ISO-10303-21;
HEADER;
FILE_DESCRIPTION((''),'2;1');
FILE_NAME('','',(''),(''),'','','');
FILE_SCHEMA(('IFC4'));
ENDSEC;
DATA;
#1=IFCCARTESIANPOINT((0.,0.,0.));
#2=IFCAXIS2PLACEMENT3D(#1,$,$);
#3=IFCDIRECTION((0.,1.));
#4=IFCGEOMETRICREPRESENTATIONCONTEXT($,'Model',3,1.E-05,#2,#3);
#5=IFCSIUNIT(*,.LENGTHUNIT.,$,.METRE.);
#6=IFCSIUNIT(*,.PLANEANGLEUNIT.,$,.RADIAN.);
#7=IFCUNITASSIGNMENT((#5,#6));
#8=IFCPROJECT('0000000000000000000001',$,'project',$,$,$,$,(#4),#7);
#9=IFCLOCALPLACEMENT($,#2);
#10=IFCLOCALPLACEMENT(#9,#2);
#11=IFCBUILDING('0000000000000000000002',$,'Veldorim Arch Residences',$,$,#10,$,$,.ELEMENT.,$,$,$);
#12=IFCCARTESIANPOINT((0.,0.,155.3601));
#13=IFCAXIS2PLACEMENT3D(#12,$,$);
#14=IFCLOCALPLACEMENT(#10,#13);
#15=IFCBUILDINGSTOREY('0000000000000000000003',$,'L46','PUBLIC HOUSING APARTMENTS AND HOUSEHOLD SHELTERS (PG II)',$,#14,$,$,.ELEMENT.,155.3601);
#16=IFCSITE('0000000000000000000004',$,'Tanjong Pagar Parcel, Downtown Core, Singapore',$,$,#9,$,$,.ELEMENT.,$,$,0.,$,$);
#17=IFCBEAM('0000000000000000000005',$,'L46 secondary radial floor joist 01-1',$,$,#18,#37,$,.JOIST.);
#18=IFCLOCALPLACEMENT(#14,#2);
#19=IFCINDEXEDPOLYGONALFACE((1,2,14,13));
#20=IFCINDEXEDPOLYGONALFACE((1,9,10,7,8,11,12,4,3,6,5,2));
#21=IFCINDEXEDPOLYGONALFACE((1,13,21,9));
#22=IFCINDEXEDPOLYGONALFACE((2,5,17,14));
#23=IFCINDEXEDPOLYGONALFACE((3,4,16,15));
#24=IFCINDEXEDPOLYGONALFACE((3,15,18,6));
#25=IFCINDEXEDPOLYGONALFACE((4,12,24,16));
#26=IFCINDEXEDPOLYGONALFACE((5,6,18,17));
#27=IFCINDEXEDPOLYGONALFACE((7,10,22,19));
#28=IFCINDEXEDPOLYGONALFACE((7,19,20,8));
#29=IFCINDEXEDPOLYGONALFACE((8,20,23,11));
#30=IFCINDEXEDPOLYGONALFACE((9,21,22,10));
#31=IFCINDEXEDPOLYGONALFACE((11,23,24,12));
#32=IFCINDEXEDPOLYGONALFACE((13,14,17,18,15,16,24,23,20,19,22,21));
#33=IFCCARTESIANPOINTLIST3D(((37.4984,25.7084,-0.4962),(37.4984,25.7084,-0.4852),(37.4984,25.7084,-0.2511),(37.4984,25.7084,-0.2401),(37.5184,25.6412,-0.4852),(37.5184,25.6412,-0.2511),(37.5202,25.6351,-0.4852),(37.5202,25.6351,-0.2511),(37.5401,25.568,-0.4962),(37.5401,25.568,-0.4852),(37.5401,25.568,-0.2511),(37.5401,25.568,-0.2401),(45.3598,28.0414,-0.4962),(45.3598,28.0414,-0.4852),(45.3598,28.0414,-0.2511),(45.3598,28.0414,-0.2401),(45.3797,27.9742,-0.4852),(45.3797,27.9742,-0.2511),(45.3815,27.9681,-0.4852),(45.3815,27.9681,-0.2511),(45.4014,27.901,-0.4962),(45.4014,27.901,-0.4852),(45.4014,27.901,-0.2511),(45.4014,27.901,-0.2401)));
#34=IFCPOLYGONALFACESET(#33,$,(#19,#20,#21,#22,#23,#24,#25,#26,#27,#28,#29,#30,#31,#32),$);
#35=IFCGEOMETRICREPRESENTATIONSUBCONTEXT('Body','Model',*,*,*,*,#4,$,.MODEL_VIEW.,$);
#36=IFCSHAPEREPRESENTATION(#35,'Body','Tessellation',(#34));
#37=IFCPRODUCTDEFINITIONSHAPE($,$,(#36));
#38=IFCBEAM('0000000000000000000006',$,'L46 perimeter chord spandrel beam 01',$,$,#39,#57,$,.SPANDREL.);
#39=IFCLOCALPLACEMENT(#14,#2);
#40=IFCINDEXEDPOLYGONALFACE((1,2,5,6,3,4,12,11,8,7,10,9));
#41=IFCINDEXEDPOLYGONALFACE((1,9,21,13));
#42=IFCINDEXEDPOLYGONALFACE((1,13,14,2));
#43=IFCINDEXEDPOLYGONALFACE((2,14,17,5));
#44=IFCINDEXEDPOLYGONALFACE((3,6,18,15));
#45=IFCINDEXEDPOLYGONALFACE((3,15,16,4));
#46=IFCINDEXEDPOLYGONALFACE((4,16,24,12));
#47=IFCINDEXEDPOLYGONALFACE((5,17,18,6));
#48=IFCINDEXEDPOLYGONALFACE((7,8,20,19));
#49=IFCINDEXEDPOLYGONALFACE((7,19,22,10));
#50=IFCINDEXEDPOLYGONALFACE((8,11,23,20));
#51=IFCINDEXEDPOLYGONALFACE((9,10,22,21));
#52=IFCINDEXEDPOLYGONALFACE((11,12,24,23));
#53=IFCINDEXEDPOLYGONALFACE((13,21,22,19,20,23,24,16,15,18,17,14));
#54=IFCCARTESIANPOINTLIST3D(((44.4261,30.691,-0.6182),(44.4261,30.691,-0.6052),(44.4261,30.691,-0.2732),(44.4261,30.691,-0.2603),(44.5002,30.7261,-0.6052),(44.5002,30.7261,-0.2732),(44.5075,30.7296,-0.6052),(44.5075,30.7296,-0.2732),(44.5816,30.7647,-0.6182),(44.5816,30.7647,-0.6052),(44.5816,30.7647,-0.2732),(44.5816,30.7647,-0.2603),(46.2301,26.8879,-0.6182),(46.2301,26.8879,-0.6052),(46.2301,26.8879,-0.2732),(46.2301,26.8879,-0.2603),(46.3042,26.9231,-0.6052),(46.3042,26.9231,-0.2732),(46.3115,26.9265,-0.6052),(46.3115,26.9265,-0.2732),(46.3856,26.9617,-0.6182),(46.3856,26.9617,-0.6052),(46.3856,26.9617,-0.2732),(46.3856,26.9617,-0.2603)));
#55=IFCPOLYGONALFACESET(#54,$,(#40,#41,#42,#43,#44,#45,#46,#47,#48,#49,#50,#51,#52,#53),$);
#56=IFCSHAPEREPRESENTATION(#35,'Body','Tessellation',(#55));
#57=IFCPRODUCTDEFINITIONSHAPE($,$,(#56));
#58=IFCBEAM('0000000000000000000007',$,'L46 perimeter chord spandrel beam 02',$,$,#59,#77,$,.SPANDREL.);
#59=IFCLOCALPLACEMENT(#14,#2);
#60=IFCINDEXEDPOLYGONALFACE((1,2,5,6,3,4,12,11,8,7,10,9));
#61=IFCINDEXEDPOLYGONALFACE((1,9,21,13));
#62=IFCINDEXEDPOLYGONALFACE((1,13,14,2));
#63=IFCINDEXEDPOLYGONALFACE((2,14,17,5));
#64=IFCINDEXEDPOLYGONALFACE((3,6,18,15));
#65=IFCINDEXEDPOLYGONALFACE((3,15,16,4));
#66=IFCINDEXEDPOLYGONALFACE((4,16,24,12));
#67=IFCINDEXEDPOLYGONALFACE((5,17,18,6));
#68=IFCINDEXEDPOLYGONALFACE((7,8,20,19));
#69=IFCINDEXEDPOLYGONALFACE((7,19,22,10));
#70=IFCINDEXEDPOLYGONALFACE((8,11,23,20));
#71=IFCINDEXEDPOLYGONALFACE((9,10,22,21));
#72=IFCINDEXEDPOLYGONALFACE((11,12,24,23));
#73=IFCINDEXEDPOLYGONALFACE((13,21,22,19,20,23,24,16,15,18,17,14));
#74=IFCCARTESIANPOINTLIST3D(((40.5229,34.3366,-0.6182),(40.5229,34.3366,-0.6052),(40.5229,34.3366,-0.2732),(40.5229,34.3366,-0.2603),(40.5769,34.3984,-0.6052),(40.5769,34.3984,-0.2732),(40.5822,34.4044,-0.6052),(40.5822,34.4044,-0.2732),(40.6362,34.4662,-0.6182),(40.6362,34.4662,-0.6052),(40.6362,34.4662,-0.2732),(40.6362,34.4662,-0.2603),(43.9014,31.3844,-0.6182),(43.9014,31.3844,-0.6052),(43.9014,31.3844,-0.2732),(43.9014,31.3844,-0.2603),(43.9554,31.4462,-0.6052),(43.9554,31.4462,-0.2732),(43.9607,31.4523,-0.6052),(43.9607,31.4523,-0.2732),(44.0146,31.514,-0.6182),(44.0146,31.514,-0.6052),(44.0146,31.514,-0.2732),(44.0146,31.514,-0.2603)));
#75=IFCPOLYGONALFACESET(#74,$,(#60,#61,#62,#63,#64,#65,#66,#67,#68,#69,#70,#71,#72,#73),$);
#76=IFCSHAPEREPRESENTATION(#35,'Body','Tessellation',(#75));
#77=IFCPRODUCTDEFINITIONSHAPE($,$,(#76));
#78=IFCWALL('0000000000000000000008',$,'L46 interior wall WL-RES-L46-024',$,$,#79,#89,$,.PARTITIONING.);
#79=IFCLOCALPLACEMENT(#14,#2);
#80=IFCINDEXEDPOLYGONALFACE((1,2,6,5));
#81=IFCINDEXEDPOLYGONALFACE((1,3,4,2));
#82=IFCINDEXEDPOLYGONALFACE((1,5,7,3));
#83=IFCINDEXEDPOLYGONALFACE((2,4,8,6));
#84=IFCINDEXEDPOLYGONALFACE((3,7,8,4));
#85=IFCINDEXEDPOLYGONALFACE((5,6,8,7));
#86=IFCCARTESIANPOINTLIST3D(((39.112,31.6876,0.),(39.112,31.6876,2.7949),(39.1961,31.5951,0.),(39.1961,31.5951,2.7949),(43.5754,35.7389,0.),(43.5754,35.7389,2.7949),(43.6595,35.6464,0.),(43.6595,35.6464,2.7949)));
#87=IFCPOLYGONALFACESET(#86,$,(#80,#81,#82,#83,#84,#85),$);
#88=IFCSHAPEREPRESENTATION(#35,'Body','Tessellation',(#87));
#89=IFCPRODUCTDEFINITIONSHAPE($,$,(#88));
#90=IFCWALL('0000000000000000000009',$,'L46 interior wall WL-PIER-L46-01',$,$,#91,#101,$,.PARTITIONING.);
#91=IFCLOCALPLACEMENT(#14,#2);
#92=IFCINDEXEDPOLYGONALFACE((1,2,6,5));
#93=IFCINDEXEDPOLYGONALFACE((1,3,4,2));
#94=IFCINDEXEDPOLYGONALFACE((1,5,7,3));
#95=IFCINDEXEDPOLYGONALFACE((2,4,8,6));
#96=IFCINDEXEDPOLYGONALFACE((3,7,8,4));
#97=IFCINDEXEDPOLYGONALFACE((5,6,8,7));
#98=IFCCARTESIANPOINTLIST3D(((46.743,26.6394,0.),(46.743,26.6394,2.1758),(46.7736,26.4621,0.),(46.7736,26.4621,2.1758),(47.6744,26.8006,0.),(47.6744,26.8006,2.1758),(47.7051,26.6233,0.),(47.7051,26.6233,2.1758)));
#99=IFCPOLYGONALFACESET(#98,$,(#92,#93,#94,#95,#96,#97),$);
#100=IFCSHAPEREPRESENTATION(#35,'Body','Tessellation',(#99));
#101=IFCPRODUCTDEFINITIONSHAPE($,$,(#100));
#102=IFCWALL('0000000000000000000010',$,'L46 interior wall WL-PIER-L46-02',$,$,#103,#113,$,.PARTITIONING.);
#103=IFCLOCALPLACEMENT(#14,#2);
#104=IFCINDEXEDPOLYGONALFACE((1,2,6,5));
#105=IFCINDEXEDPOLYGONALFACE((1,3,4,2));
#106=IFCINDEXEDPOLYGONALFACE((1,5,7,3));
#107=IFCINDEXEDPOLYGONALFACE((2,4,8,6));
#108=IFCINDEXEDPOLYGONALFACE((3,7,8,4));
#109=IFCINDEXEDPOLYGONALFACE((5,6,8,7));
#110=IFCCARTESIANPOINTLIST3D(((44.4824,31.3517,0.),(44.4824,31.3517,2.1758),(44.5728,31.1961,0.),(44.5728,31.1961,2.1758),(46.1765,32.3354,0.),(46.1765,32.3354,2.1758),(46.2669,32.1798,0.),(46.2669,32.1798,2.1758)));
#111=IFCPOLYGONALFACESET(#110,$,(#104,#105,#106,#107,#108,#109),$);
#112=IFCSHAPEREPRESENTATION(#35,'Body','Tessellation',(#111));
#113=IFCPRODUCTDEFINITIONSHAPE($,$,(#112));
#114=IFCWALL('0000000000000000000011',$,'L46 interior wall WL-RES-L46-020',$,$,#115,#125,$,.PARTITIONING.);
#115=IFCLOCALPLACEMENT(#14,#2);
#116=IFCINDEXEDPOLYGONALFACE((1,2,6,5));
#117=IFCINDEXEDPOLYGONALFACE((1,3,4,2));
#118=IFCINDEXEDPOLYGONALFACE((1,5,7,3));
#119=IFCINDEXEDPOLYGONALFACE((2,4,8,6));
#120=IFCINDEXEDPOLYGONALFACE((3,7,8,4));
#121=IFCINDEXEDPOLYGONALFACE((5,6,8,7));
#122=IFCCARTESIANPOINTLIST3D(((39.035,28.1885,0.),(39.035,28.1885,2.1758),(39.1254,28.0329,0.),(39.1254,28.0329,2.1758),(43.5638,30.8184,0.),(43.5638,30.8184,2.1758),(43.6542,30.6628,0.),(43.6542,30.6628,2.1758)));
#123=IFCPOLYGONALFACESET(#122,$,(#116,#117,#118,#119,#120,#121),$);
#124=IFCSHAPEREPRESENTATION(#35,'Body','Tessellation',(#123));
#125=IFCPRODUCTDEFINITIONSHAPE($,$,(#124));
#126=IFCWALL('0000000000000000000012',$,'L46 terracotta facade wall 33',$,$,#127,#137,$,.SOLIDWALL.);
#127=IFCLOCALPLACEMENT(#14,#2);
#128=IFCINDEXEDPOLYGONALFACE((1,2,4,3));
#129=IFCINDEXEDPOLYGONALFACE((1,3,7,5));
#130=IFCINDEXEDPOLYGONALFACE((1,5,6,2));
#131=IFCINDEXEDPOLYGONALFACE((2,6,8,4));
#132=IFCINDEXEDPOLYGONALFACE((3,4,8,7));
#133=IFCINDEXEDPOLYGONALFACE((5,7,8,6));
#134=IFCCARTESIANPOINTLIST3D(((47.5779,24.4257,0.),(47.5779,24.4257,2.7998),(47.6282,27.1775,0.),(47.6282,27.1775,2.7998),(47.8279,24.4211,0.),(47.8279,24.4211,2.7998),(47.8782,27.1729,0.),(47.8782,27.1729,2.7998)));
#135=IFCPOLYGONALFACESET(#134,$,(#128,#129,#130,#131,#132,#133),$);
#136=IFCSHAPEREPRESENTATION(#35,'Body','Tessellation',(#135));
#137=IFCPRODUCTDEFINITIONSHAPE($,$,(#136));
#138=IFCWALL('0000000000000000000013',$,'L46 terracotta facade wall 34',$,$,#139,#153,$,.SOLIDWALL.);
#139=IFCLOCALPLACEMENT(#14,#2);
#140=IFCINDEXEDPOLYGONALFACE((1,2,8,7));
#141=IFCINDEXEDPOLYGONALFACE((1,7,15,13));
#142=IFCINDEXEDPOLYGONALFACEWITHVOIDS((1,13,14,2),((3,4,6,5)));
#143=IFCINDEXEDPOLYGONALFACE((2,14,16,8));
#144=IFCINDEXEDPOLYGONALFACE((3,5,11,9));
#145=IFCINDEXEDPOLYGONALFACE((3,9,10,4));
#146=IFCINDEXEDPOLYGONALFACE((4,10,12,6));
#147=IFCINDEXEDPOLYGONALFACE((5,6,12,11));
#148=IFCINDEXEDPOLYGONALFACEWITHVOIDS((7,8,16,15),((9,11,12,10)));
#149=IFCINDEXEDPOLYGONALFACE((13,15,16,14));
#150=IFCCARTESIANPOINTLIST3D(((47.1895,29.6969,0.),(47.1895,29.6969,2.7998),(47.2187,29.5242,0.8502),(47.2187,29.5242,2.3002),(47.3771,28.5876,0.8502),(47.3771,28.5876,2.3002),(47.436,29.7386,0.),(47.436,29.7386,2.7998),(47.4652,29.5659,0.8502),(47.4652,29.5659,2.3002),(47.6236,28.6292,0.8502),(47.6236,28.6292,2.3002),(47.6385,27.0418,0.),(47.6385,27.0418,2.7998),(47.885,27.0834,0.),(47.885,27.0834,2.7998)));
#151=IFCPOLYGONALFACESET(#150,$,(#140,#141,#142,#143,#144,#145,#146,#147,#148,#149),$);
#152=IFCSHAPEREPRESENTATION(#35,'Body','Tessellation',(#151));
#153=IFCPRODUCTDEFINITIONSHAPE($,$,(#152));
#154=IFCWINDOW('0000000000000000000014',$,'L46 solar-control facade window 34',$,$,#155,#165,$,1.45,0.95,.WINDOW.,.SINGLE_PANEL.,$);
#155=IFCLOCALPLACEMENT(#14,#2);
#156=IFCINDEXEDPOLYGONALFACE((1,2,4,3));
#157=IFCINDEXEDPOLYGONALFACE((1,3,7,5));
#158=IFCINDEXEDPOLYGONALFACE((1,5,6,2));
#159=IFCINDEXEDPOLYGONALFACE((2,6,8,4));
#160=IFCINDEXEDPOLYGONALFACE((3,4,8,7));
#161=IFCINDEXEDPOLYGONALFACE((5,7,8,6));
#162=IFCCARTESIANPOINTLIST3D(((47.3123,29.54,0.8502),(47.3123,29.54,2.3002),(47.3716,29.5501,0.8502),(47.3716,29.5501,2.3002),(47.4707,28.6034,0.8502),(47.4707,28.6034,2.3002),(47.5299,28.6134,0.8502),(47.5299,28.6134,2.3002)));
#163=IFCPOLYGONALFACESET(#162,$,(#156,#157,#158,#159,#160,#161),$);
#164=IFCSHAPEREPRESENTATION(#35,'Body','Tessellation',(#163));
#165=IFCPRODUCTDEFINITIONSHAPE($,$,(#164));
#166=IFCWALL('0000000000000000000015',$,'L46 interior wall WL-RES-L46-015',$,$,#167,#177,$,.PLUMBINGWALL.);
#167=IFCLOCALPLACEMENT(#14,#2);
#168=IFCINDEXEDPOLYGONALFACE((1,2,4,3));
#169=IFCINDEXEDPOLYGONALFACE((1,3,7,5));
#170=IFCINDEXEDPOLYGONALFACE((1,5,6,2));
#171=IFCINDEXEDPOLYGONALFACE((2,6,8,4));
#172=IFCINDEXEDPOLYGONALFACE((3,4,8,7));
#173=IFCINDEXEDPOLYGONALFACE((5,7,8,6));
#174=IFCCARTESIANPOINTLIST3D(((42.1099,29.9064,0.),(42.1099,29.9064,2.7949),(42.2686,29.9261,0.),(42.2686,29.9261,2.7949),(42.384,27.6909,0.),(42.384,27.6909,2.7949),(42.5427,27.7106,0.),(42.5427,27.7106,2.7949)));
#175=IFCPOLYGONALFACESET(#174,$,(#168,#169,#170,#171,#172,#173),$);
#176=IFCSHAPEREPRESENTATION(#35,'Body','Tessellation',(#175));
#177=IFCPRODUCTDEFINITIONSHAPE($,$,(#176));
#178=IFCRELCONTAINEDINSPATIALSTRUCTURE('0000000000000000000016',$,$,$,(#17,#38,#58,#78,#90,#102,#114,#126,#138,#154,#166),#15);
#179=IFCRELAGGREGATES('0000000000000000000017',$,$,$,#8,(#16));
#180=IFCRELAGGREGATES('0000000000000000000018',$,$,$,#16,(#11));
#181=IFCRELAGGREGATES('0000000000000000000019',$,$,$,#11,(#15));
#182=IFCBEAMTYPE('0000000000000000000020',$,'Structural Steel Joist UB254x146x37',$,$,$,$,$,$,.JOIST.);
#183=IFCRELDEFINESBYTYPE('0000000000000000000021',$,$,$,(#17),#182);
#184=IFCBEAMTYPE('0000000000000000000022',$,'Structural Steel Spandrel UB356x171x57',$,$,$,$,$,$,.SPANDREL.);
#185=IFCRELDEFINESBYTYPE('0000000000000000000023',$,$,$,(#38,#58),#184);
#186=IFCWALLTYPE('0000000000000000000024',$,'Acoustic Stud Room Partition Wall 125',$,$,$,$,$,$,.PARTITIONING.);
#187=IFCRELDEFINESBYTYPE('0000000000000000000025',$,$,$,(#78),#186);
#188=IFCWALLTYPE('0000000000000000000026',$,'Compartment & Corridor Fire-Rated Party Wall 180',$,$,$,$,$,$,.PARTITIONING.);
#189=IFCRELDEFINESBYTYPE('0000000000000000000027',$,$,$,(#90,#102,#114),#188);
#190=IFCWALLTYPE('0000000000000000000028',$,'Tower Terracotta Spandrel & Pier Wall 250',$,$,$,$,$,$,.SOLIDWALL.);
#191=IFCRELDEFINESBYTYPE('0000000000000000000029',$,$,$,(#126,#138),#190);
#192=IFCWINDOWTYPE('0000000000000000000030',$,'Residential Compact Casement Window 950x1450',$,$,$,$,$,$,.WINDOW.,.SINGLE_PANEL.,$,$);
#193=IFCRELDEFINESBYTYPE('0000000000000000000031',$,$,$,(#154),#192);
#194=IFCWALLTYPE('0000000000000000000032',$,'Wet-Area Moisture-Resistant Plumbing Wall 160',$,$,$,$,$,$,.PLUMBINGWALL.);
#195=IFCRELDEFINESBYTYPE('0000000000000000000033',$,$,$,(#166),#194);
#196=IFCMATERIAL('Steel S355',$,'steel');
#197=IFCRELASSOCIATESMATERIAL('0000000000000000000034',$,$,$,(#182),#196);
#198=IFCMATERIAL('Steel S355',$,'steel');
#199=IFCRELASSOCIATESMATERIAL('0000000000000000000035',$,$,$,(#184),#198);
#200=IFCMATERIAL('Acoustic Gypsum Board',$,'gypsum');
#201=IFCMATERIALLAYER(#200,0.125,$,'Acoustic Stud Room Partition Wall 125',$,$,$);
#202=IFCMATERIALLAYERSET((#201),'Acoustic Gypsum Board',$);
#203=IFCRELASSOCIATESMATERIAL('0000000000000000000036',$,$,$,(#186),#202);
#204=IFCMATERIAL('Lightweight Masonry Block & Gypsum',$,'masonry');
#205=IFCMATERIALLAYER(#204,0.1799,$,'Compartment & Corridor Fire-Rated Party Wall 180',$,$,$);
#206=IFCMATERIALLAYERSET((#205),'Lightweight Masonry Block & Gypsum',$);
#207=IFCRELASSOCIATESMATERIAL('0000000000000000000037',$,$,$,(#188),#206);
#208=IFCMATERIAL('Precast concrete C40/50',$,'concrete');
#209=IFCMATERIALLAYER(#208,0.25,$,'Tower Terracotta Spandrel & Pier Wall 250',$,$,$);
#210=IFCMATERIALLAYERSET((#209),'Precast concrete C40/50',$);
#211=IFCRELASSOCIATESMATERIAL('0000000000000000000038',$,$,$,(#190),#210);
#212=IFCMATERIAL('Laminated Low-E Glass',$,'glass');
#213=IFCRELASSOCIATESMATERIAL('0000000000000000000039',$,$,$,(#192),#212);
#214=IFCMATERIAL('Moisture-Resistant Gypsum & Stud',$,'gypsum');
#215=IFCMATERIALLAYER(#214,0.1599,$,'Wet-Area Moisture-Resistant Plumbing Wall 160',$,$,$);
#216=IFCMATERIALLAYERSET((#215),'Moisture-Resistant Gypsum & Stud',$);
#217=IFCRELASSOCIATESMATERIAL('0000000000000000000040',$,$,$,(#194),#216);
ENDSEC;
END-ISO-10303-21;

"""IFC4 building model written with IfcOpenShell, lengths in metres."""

from ifc_helpers import new_model, si_unit, direction, frame, frame_2d, origin, origin_2d, place, context, subcontext, project, spatial, rectangle, i_section, extrude, material, layer, layer_set, material_profile, profile_set, type_object, element, fill, save


model = new_model("IFC4")

# Units and contexts
model_context = context("Model", 3, precision=1e-05, world=origin(), true_north=direction((0.0, 1.0)))
body_context = subcontext(model_context, "Body", "Model", "MODEL_VIEW")
ifc_project = project(units=[si_unit("LENGTHUNIT", "METRE"), si_unit("PLANEANGLEUNIT", "RADIAN")], contexts=[model_context])

# Site, building, storey
site_placement = place(None, origin())
site = spatial("IfcSite", under=ifc_project, at=site_placement, Name="Tanjong Pagar Parcel, Downtown Core, Singapore", CompositionType="ELEMENT", RefElevation=0.0)
building_placement = place(site_placement, origin())
building = spatial("IfcBuilding", under=site, at=building_placement, Name="Veldorim Arch Residences", CompositionType="ELEMENT")
storey_placement = place(building_placement, frame((0.0, 0.0, 155.3601)))
storey = spatial("IfcBuildingStorey", under=building, at=storey_placement, Name="L46", Description="PUBLIC HOUSING APARTMENTS AND HOUSEHOLD SHELTERS (PG II)", CompositionType="ELEMENT", Elevation=155.3601)

# Beams
ifc_material_1 = material(Name="Steel S355", Category="steel")
ifc_material_profile_1 = material_profile(ifc_material_1, i_section(OverallWidth=0.1465, OverallDepth=0.2561, WebThickness=0.0063, FlangeThickness=0.011, at=origin_2d()), Name="UB254x146x37")
ifc_profile_set_1 = profile_set([ifc_material_profile_1], Name="Steel S355")
beam_type_1 = type_object("IfcBeamType", Name="Structural Steel Joist UB254x146x37", PredefinedType="JOIST", material=ifc_profile_set_1)
beam_1_placement = place(storey_placement, frame((37.5193, 25.6382, -0.3682), z_axis=(0.958674, 0.284506, 0.0), x_axis=(-0.284506, 0.958674, 0.0)))
element("IfcBeam", 1, at=beam_1_placement, inside=storey, type_object=beam_type_1, Name="L46 secondary radial floor joist 01-1", PredefinedType="JOIST", context=body_context, shape_type="SweptSolid", body=[
    extrude(i_section(OverallWidth=0.1465, OverallDepth=0.2561, WebThickness=0.0063, FlangeThickness=0.011, at=origin_2d()), origin(), (0.0, 0.0, 1.0), 8.2002),
])
ifc_material_2 = material(Name="Steel S355", Category="steel")
ifc_material_profile_2 = material_profile(ifc_material_2, i_section(OverallWidth=0.1721, OverallDepth=0.3579, WebThickness=0.0081, FlangeThickness=0.0129, at=origin_2d()), Name="UB356x171x57")
ifc_profile_set_2 = profile_set([ifc_material_profile_2], Name="Steel S355")
beam_type_2 = type_object("IfcBeamType", Name="Structural Steel Spandrel UB356x171x57", PredefinedType="SPANDREL", material=ifc_profile_set_2)
beam_2_placement = place(storey_placement, frame((46.3079, 26.9248, -0.4392), z_axis=(-0.42858, 0.903504, 0.0), x_axis=(-0.903504, -0.42858, 0.0)))
element("IfcBeam", 2, at=beam_2_placement, inside=storey, type_object=beam_type_2, Name="L46 perimeter chord spandrel beam 01", PredefinedType="SPANDREL", context=body_context, shape_type="SweptSolid", body=[
    extrude(i_section(OverallWidth=0.1721, OverallDepth=0.3579, WebThickness=0.0081, FlangeThickness=0.0129, at=origin_2d()), origin(), (0.0, 0.0, 1.0), 4.2092),
])
beam_3_placement = place(storey_placement, frame((43.958, 31.4492, -0.4392), z_axis=(-0.753015, 0.658004, 0.0), x_axis=(-0.658004, -0.753015, 0.0)))
element("IfcBeam", 3, at=beam_3_placement, inside=storey, type_object=beam_type_2, Name="L46 perimeter chord spandrel beam 02", PredefinedType="SPANDREL", context=body_context, shape_type="SweptSolid", body=[
    extrude(i_section(OverallWidth=0.1721, OverallDepth=0.3579, WebThickness=0.0081, FlangeThickness=0.0129, at=origin_2d()), origin(), (0.0, 0.0, 1.0), 4.4866),
])

# Walls
ifc_material_3 = material(Name="Acoustic Gypsum Board", Category="gypsum")
ifc_layer_1 = layer(ifc_material_3, 0.125, Name="Acoustic Stud Room Partition Wall 125")
ifc_layer_set_1 = layer_set([ifc_layer_1], Name="Acoustic Gypsum Board")
wall_type_1 = type_object("IfcWallType", Name="Acoustic Stud Room Partition Wall 125", PredefinedType="PARTITIONING", material=ifc_layer_set_1)
wall_1_placement = place(storey_placement, frame((39.1541, 31.6414, 0.0), z_axis=(0.0, 0.0, 1.0), x_axis=(0.740464, 0.672096, 0.0)))
element("IfcWall", 4, at=wall_1_placement, inside=storey, type_object=wall_type_1, Name="L46 interior wall WL-RES-L46-024", PredefinedType="PARTITIONING", context=body_context, shape_type="SweptSolid", body=[
    extrude(rectangle(XDim=6.0278, YDim=0.125, at=frame_2d((3.0139, 0.0))), origin(), (0.0, 0.0, 1.0), 2.7949),
])
ifc_material_4 = material(Name="Lightweight Masonry Block & Gypsum", Category="masonry")
ifc_layer_2 = layer(ifc_material_4, 0.1799, Name="Compartment & Corridor Fire-Rated Party Wall 180")
ifc_layer_set_2 = layer_set([ifc_layer_2], Name="Lightweight Masonry Block & Gypsum")
wall_type_2 = type_object("IfcWallType", Name="Compartment & Corridor Fire-Rated Party Wall 180", PredefinedType="PARTITIONING", material=ifc_layer_set_2)
wall_2_placement = place(storey_placement, frame((46.7583, 26.5508, 0.0), z_axis=(0.0, 0.0, 1.0), x_axis=(0.985363, 0.170469, 0.0)))
element("IfcWall", 5, at=wall_2_placement, inside=storey, type_object=wall_type_2, Name="L46 interior wall WL-PIER-L46-01", PredefinedType="PARTITIONING", context=body_context, shape_type="SweptSolid", body=[
    extrude(rectangle(XDim=0.9453, YDim=0.1799, at=frame_2d((0.4727, 0.0))), origin(), (0.0, 0.0, 1.0), 2.1758),
])
wall_3_placement = place(storey_placement, frame((44.5276, 31.2739, 0.0), z_axis=(0.0, 0.0, 1.0), x_axis=(0.864794, 0.502126, 0.0)))
element("IfcWall", 6, at=wall_3_placement, inside=storey, type_object=wall_type_2, Name="L46 interior wall WL-PIER-L46-02", PredefinedType="PARTITIONING", context=body_context, shape_type="SweptSolid", body=[
    extrude(rectangle(XDim=1.959, YDim=0.1799, at=frame_2d((0.9795, 0.0))), origin(), (0.0, 0.0, 1.0), 2.1758),
])
wall_4_placement = place(storey_placement, frame((39.0801, 28.1106, 0.0), z_axis=(0.0, 0.0, 1.0), x_axis=(0.864768, 0.502172, 0.0)))
element("IfcWall", 7, at=wall_4_placement, inside=storey, type_object=wall_type_2, Name="L46 interior wall WL-RES-L46-020", PredefinedType="PARTITIONING", context=body_context, shape_type="SweptSolid", body=[
    extrude(rectangle(XDim=5.2371, YDim=0.1799, at=frame_2d((2.6187, 0.0))), origin(), (0.0, 0.0, 1.0), 2.1758),
])
ifc_material_5 = material(Name="Precast concrete C40/50", Category="concrete")
ifc_layer_3 = layer(ifc_material_5, 0.25, Name="Tower Terracotta Spandrel & Pier Wall 250")
ifc_layer_set_3 = layer_set([ifc_layer_3], Name="Precast concrete C40/50")
wall_type_3 = type_object("IfcWallType", Name="Tower Terracotta Spandrel & Pier Wall 250", PredefinedType="SOLIDWALL", material=ifc_layer_set_3)
wall_5_placement = place(storey_placement, frame((47.7532, 27.175, 0.0), z_axis=(0.0, 0.0, 1.0), x_axis=(-0.018274, -0.999833, 0.0)))
element("IfcWall", 8, at=wall_5_placement, inside=storey, type_object=wall_type_3, Name="L46 terracotta facade wall 33", PredefinedType="SOLIDWALL", context=body_context, shape_type="SweptSolid", body=[
    extrude(rectangle(XDim=2.7522, YDim=0.25, at=frame_2d((1.376, 0.0))), origin(), (0.0, 0.0, 1.0), 2.7998),
])

# Wall, opening, window
wall_6_placement = place(storey_placement, frame((47.3127, 29.7178, 0.0), z_axis=(0.0, 0.0, 1.0), x_axis=(0.166721, -0.986004, 0.0)))
wall_6 = element("IfcWall", 9, at=wall_6_placement, inside=storey, type_object=wall_type_3, Name="L46 terracotta facade wall 34", PredefinedType="SOLIDWALL", context=body_context, shape_type="SweptSolid", body=[
    extrude(rectangle(XDim=2.6929, YDim=0.25, at=frame_2d((1.3464, 0.0))), origin(), (0.0, 0.0, 1.0), 2.7998),
])
opening_1_placement = place(wall_6_placement, frame((0.175, 0.0, 0.8501)))
opening_1 = element("IfcOpeningElement", 10, at=opening_1_placement, cuts=wall_6, PredefinedType="OPENING", context=body_context, shape_type="SweptSolid", body=[
    extrude(rectangle(XDim=0.95, YDim=1.45, at=frame_2d((0.4751, 0.7251))), frame((0.0, 0.135, 0.0), z_axis=(0.0, -1.0, 0.0), x_axis=(1.0, 0.0, 0.0)), (0.0, 0.0, 1.0), 0.27),
])
ifc_material_6 = material(Name="Laminated Low-E Glass", Category="glass")
window_type = type_object("IfcWindowType", Name="Residential Compact Casement Window 950x1450", PartitioningType="SINGLE_PANEL", PredefinedType="WINDOW", material=ifc_material_6)
window_placement = place(opening_1_placement, origin())
window = element("IfcWindow", 11, at=window_placement, inside=storey, type_object=window_type, Name="L46 solar-control facade window 34", OverallHeight=1.45, OverallWidth=0.95, PartitioningType="SINGLE_PANEL", PredefinedType="WINDOW", context=body_context, shape_type="SweptSolid", body=[
    extrude(rectangle(XDim=0.95, YDim=1.45, at=frame_2d((0.4751, 0.7251))), frame((0.0, 0.03, 0.0), z_axis=(0.0, -1.0, 0.0), x_axis=(1.0, 0.0, 0.0)), (0.0, 0.0, 1.0), 0.0601),
])
fill(opening_1, window)

# Wall
ifc_material_7 = material(Name="Moisture-Resistant Gypsum & Stud", Category="gypsum")
ifc_layer_4 = layer(ifc_material_7, 0.1599, Name="Wet-Area Moisture-Resistant Plumbing Wall 160")
ifc_layer_set_4 = layer_set([ifc_layer_4], Name="Moisture-Resistant Gypsum & Stud")
wall_type_4 = type_object("IfcWallType", Name="Wet-Area Moisture-Resistant Plumbing Wall 160", PredefinedType="PLUMBINGWALL", material=ifc_layer_set_4)
wall_7_placement = place(storey_placement, frame((42.1892, 29.9163, 0.0), z_axis=(0.0, 0.0, 1.0), x_axis=(0.12281, -0.99243, 0.0)))
element("IfcWall", 12, at=wall_7_placement, inside=storey, type_object=wall_type_4, Name="L46 interior wall WL-RES-L46-015", PredefinedType="PLUMBINGWALL", context=body_context, shape_type="SweptSolid", body=[
    extrude(rectangle(XDim=2.2324, YDim=0.1599, at=frame_2d((1.1162, 0.0))), origin(), (0.0, 0.0, 1.0), 2.7949),
])

save(model, "model.ifc")
